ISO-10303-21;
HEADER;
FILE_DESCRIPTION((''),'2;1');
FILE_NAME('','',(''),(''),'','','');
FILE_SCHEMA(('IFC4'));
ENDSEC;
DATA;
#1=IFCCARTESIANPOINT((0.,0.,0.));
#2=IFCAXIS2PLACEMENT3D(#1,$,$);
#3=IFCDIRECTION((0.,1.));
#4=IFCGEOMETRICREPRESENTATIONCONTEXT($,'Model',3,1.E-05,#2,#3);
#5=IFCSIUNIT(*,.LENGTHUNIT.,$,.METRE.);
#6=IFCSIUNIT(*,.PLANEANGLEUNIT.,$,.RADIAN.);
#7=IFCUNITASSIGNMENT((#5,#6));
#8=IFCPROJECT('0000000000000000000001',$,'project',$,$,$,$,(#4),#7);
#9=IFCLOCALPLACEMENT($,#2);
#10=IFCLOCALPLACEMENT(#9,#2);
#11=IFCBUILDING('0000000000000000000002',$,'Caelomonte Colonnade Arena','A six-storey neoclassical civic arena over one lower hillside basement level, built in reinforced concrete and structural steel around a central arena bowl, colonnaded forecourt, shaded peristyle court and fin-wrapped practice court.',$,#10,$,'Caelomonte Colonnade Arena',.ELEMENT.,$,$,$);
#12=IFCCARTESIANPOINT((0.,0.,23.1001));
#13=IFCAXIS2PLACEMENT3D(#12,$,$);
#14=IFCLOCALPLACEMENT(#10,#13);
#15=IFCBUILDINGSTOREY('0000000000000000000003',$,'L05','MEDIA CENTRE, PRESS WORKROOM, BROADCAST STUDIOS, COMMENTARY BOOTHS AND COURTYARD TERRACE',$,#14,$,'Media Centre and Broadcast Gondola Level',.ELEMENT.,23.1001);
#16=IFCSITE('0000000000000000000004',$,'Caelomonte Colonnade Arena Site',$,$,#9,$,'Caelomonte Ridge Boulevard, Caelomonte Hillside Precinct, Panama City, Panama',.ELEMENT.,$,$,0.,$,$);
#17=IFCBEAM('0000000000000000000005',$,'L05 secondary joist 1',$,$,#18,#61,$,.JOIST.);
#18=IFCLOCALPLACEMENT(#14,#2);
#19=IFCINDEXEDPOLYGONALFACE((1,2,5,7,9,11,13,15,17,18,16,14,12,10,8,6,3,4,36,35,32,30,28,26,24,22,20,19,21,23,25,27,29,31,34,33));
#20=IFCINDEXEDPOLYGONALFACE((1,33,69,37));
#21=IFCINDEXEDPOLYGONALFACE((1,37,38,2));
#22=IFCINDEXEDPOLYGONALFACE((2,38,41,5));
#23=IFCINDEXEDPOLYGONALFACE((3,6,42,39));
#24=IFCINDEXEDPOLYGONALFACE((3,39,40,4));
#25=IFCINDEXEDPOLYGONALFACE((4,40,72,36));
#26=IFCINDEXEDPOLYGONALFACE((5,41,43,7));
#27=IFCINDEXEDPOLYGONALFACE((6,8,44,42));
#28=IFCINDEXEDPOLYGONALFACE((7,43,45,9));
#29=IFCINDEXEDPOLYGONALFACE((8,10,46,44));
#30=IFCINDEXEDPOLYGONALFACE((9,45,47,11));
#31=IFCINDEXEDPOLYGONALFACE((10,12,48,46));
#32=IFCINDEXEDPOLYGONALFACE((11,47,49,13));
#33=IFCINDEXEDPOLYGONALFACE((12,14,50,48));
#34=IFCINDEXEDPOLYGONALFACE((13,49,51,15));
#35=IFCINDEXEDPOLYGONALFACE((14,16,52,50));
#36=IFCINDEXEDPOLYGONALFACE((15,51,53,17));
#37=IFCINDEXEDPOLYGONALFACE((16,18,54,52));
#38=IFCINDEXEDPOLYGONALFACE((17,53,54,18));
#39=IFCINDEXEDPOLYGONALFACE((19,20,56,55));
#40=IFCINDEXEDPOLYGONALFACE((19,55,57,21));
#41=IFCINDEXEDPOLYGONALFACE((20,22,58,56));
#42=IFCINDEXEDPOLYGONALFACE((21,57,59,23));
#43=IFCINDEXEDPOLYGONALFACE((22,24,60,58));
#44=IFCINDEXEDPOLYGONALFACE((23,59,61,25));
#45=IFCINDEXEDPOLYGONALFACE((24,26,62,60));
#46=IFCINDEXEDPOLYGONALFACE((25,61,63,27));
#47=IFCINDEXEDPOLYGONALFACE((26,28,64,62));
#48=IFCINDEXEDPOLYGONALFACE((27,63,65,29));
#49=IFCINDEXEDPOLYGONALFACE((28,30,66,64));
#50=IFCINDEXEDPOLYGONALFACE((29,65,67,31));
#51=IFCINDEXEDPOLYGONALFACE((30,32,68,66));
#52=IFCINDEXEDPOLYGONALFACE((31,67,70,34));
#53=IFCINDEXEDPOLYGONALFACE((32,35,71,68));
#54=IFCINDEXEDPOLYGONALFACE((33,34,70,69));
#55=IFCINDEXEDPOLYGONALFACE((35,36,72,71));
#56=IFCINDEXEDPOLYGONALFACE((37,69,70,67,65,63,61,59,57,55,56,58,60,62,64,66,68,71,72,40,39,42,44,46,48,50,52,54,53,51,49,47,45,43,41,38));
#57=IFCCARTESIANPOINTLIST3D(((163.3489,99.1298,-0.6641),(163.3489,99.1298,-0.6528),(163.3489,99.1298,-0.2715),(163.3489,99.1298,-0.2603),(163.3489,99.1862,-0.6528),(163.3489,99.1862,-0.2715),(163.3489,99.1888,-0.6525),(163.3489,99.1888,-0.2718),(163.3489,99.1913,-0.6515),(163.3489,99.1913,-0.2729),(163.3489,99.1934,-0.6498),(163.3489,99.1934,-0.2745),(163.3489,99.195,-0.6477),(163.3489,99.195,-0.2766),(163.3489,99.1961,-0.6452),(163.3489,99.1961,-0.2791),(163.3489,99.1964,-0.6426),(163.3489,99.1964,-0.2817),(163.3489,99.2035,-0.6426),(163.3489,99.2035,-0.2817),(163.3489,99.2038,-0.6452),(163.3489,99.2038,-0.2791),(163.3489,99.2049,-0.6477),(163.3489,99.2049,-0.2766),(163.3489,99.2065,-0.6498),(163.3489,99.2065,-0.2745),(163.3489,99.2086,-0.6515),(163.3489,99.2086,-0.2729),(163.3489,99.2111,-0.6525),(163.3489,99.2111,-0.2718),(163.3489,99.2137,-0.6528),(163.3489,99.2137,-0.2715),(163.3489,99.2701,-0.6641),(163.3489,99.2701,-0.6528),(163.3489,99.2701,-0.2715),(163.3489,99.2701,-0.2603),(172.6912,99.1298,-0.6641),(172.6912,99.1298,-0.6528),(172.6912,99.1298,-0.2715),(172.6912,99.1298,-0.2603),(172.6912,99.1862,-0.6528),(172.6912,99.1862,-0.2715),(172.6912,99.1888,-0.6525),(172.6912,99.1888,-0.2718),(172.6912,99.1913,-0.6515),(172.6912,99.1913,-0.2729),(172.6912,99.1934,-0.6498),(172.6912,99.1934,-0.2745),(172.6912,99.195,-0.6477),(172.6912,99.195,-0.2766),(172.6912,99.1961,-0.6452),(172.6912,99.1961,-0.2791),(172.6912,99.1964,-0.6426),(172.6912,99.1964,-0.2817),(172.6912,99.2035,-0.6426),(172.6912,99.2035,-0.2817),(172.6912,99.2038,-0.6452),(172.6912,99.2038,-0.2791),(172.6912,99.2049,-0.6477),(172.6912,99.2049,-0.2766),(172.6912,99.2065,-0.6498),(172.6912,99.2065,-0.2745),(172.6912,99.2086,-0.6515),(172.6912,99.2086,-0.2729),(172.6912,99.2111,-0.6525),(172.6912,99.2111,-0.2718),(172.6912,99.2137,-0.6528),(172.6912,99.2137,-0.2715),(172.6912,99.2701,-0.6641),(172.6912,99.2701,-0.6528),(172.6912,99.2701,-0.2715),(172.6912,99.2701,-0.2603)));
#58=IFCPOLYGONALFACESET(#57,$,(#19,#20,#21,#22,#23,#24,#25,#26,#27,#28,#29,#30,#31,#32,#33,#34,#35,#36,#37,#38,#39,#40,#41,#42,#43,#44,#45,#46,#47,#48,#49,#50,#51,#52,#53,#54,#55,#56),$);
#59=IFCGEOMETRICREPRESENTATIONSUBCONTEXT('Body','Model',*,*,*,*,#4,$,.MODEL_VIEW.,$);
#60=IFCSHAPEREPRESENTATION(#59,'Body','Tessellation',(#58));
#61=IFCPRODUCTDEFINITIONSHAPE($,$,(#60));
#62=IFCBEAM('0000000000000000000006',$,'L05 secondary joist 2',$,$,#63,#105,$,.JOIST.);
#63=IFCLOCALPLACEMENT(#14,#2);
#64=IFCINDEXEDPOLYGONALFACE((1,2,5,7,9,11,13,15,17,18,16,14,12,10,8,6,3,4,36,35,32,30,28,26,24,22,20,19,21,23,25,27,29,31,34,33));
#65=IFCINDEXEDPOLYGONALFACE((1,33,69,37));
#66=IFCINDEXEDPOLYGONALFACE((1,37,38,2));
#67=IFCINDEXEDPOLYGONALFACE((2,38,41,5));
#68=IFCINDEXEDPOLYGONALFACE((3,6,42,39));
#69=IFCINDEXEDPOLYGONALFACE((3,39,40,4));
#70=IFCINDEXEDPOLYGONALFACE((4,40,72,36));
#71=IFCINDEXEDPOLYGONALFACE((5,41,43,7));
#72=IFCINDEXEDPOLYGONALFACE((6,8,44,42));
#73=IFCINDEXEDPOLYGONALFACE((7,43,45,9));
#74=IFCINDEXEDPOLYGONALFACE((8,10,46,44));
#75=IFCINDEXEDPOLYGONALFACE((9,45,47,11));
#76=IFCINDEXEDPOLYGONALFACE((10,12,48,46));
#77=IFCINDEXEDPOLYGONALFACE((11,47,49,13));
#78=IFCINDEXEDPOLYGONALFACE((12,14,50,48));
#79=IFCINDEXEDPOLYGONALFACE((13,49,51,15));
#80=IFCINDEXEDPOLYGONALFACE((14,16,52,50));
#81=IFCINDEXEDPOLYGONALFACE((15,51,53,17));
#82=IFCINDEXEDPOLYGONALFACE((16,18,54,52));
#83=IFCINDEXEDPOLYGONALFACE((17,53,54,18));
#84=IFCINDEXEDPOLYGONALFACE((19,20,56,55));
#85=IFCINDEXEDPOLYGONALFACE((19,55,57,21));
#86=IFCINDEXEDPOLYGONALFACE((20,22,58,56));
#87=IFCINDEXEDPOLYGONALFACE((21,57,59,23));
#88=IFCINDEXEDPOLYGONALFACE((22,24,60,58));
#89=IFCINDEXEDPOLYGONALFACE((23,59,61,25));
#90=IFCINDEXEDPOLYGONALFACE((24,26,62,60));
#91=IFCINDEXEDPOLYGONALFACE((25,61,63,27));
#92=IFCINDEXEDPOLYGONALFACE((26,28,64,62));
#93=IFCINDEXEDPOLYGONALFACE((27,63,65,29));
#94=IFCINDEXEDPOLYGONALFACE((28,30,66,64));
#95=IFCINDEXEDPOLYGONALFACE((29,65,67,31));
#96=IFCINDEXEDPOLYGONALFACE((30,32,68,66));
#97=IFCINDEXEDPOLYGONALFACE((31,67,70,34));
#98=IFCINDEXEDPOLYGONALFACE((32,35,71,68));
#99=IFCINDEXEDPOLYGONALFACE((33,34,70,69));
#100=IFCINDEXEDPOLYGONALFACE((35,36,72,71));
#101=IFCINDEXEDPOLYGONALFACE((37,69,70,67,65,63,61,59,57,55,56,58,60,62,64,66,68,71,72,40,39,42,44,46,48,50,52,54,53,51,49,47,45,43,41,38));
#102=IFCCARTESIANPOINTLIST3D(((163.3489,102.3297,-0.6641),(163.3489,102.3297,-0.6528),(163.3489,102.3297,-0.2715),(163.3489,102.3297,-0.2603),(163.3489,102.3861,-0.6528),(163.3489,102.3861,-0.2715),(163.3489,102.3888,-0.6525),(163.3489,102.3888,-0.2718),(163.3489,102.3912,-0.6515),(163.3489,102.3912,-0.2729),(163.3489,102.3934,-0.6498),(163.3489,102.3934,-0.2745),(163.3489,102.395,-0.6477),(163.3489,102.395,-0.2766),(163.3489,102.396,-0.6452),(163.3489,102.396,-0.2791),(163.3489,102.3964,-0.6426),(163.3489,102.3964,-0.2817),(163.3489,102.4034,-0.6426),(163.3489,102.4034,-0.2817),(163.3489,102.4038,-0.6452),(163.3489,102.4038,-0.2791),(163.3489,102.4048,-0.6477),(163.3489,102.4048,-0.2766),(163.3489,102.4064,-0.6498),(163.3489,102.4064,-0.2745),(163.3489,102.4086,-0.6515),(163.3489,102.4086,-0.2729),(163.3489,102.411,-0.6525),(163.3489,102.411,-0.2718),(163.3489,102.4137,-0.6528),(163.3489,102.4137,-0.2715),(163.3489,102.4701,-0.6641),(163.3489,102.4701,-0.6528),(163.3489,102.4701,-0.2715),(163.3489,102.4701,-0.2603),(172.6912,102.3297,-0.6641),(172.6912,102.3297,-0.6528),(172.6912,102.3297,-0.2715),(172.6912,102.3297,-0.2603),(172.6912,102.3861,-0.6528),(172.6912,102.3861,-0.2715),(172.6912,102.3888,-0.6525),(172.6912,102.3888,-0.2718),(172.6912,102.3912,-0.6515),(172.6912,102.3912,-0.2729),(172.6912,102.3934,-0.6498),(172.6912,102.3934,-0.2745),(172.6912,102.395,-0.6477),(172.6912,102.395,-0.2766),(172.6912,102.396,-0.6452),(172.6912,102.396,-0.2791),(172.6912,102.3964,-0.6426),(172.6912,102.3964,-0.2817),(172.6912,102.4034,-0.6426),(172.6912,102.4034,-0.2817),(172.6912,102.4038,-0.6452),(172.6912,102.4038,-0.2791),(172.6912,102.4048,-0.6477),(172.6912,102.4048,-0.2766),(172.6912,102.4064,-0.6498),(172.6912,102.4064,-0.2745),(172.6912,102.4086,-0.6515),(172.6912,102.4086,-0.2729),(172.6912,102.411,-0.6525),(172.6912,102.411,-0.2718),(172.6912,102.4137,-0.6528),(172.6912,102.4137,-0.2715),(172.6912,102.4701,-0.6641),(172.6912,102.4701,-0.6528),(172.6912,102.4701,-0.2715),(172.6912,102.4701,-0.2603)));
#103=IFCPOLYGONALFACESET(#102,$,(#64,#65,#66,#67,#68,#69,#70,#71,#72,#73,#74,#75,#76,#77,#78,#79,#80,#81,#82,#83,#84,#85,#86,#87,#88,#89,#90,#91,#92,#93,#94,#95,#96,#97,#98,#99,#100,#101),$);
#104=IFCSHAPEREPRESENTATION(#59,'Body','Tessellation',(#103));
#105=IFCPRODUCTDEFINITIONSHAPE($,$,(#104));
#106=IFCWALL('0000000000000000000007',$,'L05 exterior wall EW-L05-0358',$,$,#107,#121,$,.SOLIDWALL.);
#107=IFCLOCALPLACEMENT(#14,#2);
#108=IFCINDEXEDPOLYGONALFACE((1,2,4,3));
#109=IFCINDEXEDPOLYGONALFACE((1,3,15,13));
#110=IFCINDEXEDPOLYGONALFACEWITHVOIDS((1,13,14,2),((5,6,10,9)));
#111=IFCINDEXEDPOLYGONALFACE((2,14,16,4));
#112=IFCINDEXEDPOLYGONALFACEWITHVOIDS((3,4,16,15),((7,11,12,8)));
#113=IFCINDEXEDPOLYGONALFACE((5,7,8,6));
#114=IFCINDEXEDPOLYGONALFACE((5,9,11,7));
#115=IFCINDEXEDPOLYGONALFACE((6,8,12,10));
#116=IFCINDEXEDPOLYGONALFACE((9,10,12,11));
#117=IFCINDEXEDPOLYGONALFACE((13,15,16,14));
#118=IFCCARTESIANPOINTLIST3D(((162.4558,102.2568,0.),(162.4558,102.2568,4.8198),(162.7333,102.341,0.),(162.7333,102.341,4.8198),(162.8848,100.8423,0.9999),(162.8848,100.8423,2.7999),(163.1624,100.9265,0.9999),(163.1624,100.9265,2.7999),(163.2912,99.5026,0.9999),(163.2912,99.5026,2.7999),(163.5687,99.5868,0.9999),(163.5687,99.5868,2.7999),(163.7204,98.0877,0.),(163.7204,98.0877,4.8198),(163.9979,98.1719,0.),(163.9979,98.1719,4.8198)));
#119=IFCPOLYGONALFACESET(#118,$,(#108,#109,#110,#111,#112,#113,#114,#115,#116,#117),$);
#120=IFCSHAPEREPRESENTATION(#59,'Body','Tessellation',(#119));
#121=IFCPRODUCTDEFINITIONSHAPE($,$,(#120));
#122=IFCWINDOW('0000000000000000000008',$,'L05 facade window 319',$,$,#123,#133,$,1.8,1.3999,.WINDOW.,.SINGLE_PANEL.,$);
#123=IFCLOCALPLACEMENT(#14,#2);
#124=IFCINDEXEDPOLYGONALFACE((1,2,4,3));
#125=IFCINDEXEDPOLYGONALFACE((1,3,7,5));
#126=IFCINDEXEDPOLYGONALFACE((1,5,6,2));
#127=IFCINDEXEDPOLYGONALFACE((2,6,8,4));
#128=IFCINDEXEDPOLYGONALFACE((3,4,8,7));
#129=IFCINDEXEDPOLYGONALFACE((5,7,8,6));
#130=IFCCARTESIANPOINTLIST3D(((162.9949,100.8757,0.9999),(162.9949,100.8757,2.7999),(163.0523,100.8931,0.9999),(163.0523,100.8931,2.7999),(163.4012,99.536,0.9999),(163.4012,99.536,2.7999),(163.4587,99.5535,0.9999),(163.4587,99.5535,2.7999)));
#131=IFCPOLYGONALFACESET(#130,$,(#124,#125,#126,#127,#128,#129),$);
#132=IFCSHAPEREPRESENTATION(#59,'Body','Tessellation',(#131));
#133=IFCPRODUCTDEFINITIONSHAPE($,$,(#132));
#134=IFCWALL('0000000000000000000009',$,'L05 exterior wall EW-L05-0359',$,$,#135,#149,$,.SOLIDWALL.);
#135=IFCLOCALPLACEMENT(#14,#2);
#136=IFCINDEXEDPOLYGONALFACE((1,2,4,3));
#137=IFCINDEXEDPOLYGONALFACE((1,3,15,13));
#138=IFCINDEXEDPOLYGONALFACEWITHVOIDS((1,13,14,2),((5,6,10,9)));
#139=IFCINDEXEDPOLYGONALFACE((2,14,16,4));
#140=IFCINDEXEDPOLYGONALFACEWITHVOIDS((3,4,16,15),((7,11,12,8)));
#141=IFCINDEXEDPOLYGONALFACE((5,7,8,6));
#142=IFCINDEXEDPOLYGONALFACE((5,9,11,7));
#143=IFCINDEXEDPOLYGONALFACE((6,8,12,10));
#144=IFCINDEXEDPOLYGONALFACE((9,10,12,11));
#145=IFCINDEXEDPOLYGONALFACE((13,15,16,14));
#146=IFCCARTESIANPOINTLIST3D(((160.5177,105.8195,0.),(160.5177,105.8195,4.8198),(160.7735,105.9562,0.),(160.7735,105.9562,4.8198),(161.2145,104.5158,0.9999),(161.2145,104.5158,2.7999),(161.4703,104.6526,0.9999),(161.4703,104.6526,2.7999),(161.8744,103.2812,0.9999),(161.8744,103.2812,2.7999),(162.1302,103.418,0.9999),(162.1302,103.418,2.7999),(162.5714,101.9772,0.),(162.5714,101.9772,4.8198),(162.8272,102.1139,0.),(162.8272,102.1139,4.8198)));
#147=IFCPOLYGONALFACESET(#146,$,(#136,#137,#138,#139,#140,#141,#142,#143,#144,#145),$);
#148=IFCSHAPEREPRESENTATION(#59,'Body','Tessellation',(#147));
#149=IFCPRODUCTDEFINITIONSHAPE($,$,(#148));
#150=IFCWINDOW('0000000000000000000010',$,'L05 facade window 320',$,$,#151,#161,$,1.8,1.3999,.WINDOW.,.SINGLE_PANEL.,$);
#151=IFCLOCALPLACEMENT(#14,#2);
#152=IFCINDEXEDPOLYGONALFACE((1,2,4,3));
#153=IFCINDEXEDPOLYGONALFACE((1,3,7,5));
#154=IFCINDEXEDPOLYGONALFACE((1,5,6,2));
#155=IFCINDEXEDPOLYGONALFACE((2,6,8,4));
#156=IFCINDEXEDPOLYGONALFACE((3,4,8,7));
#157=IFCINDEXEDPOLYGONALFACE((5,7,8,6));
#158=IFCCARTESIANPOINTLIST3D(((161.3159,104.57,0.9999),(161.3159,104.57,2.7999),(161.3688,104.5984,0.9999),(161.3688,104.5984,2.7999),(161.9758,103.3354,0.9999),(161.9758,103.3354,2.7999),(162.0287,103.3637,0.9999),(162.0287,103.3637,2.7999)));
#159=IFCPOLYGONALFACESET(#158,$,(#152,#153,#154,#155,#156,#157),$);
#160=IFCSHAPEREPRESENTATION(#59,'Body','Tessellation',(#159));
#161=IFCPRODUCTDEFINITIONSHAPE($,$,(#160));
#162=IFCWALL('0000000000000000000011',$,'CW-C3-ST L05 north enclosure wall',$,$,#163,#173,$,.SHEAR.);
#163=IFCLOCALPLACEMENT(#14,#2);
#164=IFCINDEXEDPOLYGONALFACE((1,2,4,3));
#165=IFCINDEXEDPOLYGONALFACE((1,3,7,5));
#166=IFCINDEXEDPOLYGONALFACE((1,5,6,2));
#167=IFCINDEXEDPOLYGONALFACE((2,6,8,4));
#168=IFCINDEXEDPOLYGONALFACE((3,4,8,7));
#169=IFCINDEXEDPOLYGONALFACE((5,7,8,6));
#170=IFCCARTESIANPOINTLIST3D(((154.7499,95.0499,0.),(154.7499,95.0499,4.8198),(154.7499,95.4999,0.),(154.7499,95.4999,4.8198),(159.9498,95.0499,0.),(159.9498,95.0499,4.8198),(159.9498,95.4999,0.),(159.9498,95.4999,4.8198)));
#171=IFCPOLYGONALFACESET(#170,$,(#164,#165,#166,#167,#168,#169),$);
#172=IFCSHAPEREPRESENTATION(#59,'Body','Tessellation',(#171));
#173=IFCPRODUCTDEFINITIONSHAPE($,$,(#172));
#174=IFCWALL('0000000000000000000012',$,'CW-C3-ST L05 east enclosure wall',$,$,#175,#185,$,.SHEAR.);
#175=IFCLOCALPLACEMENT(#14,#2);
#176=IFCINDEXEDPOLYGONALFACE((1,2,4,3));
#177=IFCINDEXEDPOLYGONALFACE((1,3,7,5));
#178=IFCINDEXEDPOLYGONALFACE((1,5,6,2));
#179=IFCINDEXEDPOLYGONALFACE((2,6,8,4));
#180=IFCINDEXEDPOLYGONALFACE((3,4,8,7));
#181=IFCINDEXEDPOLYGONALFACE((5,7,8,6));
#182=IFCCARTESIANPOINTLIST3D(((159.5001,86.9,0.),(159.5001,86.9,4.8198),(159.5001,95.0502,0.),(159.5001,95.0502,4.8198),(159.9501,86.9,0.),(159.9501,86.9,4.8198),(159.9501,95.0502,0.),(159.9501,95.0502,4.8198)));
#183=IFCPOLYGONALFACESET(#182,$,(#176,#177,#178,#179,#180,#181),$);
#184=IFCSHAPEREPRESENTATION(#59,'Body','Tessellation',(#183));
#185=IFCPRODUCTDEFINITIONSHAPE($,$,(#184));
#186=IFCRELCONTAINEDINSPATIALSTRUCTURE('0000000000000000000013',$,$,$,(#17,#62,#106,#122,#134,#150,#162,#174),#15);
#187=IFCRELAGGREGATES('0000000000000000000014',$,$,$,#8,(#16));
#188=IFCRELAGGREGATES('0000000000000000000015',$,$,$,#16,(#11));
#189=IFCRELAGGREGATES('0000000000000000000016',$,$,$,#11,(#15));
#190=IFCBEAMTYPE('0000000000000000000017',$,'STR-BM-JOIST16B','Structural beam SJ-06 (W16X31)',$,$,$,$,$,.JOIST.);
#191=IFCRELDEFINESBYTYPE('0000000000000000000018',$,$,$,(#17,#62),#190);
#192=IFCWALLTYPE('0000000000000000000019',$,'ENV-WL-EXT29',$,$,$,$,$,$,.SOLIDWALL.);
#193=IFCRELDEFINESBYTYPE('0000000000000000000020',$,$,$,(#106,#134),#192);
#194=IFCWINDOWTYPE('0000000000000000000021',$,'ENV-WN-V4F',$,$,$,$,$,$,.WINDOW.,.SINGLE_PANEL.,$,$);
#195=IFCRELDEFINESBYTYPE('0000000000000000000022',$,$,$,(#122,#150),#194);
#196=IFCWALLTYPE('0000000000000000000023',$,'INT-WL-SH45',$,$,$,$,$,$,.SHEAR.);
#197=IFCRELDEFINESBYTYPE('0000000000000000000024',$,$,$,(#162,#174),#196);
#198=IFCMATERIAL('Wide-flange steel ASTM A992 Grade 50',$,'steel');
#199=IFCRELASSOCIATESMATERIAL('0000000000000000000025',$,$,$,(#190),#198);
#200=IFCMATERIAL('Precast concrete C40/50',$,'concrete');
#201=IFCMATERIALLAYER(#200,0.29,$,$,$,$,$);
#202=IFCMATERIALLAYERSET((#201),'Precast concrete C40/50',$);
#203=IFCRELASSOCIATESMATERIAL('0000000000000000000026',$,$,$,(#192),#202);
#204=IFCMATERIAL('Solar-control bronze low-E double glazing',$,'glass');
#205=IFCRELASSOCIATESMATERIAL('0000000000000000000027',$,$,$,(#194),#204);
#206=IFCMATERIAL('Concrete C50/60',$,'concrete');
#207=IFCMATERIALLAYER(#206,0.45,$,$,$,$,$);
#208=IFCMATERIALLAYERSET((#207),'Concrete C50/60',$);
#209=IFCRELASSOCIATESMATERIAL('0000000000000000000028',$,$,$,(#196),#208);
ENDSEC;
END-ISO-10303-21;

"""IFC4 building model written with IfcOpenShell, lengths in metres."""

from ifc_helpers import new_model, si_unit, direction, frame, frame_2d, origin, origin_2d, place, context, subcontext, project, spatial, rectangle, i_section, extrude, material, layer, layer_set, material_profile, profile_set, type_object, element, fill, save


model = new_model("IFC4")

# Units and contexts
model_context = context("Model", 3, precision=1e-05, world=origin(), true_north=direction((0.0, 1.0)))
body_context = subcontext(model_context, "Body", "Model", "MODEL_VIEW")
ifc_project = project(units=[si_unit("LENGTHUNIT", "METRE"), si_unit("PLANEANGLEUNIT", "RADIAN")], contexts=[model_context])

# Site, building, storey
site_placement = place(None, origin())
site = spatial("IfcSite", under=ifc_project, at=site_placement, Name="Caelomonte Colonnade Arena Site", LongName="Caelomonte Ridge Boulevard, Caelomonte Hillside Precinct, Panama City, Panama", CompositionType="ELEMENT", RefElevation=0.0)
building_placement = place(site_placement, origin())
building = spatial("IfcBuilding", under=site, at=building_placement, Name="Caelomonte Colonnade Arena", Description="A six-storey neoclassical civic arena over one lower hillside basement level, built in reinforced concrete and structural steel around a central arena bowl, colonnaded forecourt, shaded peristyle court and fin-wrapped practice court.", LongName="Caelomonte Colonnade Arena", CompositionType="ELEMENT")
storey_placement = place(building_placement, frame((0.0, 0.0, 23.1001)))
storey = spatial("IfcBuildingStorey", under=building, at=storey_placement, Name="L05", Description="MEDIA CENTRE, PRESS WORKROOM, BROADCAST STUDIOS, COMMENTARY BOOTHS AND COURTYARD TERRACE", LongName="Media Centre and Broadcast Gondola Level", CompositionType="ELEMENT", Elevation=23.1001)

# Shared definitions
ifc_material_1 = material(Name="Wide-flange steel ASTM A992 Grade 50", Category="steel")

# Beams
ifc_material_profile_1 = material_profile(ifc_material_1, i_section(OverallWidth=0.1404, OverallDepth=0.4038, WebThickness=0.0071, FlangeThickness=0.0112, FilletRadius=0.0103, at=origin_2d()), Name="W16X31")
ifc_profile_set_1 = profile_set([ifc_material_profile_1], Name="Wide-flange steel ASTM A992 Grade 50")
beam_type_1 = type_object("IfcBeamType", Name="STR-BM-JOIST16B", Description="Structural beam SJ-06 (W16X31)", PredefinedType="JOIST", material=ifc_profile_set_1)
for number, where, z_axis, x_axis, name in (
    (1, (163.3489, 99.2, -0.4622), (1.0, 0.0, 0.0), (0.0, 1.0, 0.0), "L05 secondary joist 1"),
    (2, (163.3489, 102.3999, -0.4622), (1.0, 0.0, 0.0), (0.0, 1.0, 0.0), "L05 secondary joist 2"),
):
    element("IfcBeam", number, at=place(storey_placement, frame(where, z_axis=z_axis, x_axis=x_axis)), inside=storey, type_object=beam_type_1, Name=name, PredefinedType="JOIST", context=body_context, shape_type="SweptSolid", body=[
        extrude(i_section(OverallWidth=0.1404, OverallDepth=0.4038, WebThickness=0.0071, FlangeThickness=0.0112, FilletRadius=0.0103, at=origin_2d()), origin(), (0.0, 0.0, 1.0), 9.3423),
    ])

# Walls, openings, windows
ifc_material_2 = material(Name="Precast concrete C40/50", Category="concrete")
ifc_layer_1 = layer(ifc_material_2, 0.29)
ifc_layer_set_1 = layer_set([ifc_layer_1], Name="Precast concrete C40/50")
wall_type_1 = type_object("IfcWallType", Name="ENV-WL-EXT29", PredefinedType="SOLIDWALL", material=ifc_layer_set_1)
wall_1_placement = place(storey_placement, frame((163.8591, 98.1299, 0.0), z_axis=(0.0, 0.0, 1.0), x_axis=(-0.290272, 0.956944, 0.0)))
wall_1 = element("IfcWall", 3, at=wall_1_placement, inside=storey, type_object=wall_type_1, Name="L05 exterior wall EW-L05-0358", PredefinedType="SOLIDWALL", context=body_context, shape_type="SweptSolid", body=[
    extrude(rectangle(XDim=4.3567, YDim=0.29, at=frame_2d((2.1782, 0.0))), origin(), (0.0, 0.0, 1.0), 4.8198),
])
opening_1_placement = place(wall_1_placement, frame((2.8784, 0.0, 1.0), z_axis=(0.0, 0.0, 1.0), x_axis=(-1.0, 0.0, 0.0)))
opening_1 = element("IfcOpeningElement", 4, at=opening_1_placement, cuts=wall_1, PredefinedType="OPENING", context=body_context, shape_type="SweptSolid", body=[
    extrude(rectangle(XDim=1.3999, YDim=1.8, at=frame_2d((0.7, 0.8999))), frame((0.0, 0.155, 0.0), z_axis=(0.0, -1.0, 0.0), x_axis=(1.0, 0.0, 0.0)), (0.0, 0.0, 1.0), 0.3101),
])
ifc_material_3 = material(Name="Solar-control bronze low-E double glazing", Category="glass")
window_type = type_object("IfcWindowType", Name="ENV-WN-V4F", PartitioningType="SINGLE_PANEL", PredefinedType="WINDOW", material=ifc_material_3)
window_1_placement = place(opening_1_placement, origin())
window_1 = element("IfcWindow", 5, at=window_1_placement, inside=storey, type_object=window_type, Name="L05 facade window 319", OverallHeight=1.8, OverallWidth=1.3999, PartitioningType="SINGLE_PANEL", PredefinedType="WINDOW", context=body_context, shape_type="SweptSolid", body=[
    extrude(rectangle(XDim=1.3999, YDim=1.8, at=frame_2d((0.7, 0.8999))), frame((0.0, 0.03, 0.0), z_axis=(0.0, -1.0, 0.0), x_axis=(1.0, 0.0, 0.0)), (0.0, 0.0, 1.0), 0.0601),
])
fill(opening_1, window_1)
wall_2_placement = place(storey_placement, frame((162.6992, 102.0457, 0.0), z_axis=(0.0, 0.0, 1.0), x_axis=(-0.471391, 0.881924, 0.0)))
wall_2 = element("IfcWall", 6, at=wall_2_placement, inside=storey, type_object=wall_type_1, Name="L05 exterior wall EW-L05-0359", PredefinedType="SOLIDWALL", context=body_context, shape_type="SweptSolid", body=[
    extrude(rectangle(XDim=4.3567, YDim=0.29, at=frame_2d((2.1782, 0.0))), origin(), (0.0, 0.0, 1.0), 4.8198),
])
opening_2_placement = place(wall_2_placement, frame((2.8784, 0.0, 1.0), z_axis=(0.0, 0.0, 1.0), x_axis=(-1.0, 0.0, 0.0)))
opening_2 = element("IfcOpeningElement", 7, at=opening_2_placement, cuts=wall_2, PredefinedType="OPENING", context=body_context, shape_type="SweptSolid", body=[
    extrude(rectangle(XDim=1.3999, YDim=1.8, at=frame_2d((0.7, 0.8999))), frame((0.0, 0.155, 0.0), z_axis=(0.0, -1.0, 0.0), x_axis=(1.0, 0.0, 0.0)), (0.0, 0.0, 1.0), 0.3101),
])
window_2_placement = place(opening_2_placement, origin())
window_2 = element("IfcWindow", 8, at=window_2_placement, inside=storey, type_object=window_type, Name="L05 facade window 320", OverallHeight=1.8, OverallWidth=1.3999, PartitioningType="SINGLE_PANEL", PredefinedType="WINDOW", context=body_context, shape_type="SweptSolid", body=[
    extrude(rectangle(XDim=1.3999, YDim=1.8, at=frame_2d((0.7, 0.8999))), frame((0.0, 0.03, 0.0), z_axis=(0.0, -1.0, 0.0), x_axis=(1.0, 0.0, 0.0)), (0.0, 0.0, 1.0), 0.0601),
])
fill(opening_2, window_2)

# Walls
ifc_material_4 = material(Name="Concrete C50/60", Category="concrete")
ifc_layer_2 = layer(ifc_material_4, 0.45)
ifc_layer_set_2 = layer_set([ifc_layer_2], Name="Concrete C50/60")
wall_type_2 = type_object("IfcWallType", Name="INT-WL-SH45", PredefinedType="SHEAR", material=ifc_layer_set_2)
wall_3_placement = place(storey_placement, frame((159.95, 95.2749, 0.0), z_axis=(0.0, 0.0, 1.0), x_axis=(-1.0, 0.0, 0.0)))
element("IfcWall", 9, at=wall_3_placement, inside=storey, type_object=wall_type_2, Name="CW-C3-ST L05 north enclosure wall", PredefinedType="SHEAR", context=body_context, shape_type="SweptSolid", body=[
    extrude(rectangle(XDim=5.2, YDim=0.45, at=frame_2d((2.6001, 0.0))), origin(), (0.0, 0.0, 1.0), 4.8198),
])
wall_4_placement = place(storey_placement, frame((159.7251, 86.8999, 0.0), z_axis=(0.0, 0.0, 1.0), x_axis=(0.0, 1.0, 0.0)))
element("IfcWall", 10, at=wall_4_placement, inside=storey, type_object=wall_type_2, Name="CW-C3-ST L05 east enclosure wall", PredefinedType="SHEAR", context=body_context, shape_type="SweptSolid", body=[
    extrude(rectangle(XDim=8.1501, YDim=0.45, at=frame_2d((4.0752, 0.0))), origin(), (0.0, 0.0, 1.0), 4.8198),
])

save(model, "model.ifc")
